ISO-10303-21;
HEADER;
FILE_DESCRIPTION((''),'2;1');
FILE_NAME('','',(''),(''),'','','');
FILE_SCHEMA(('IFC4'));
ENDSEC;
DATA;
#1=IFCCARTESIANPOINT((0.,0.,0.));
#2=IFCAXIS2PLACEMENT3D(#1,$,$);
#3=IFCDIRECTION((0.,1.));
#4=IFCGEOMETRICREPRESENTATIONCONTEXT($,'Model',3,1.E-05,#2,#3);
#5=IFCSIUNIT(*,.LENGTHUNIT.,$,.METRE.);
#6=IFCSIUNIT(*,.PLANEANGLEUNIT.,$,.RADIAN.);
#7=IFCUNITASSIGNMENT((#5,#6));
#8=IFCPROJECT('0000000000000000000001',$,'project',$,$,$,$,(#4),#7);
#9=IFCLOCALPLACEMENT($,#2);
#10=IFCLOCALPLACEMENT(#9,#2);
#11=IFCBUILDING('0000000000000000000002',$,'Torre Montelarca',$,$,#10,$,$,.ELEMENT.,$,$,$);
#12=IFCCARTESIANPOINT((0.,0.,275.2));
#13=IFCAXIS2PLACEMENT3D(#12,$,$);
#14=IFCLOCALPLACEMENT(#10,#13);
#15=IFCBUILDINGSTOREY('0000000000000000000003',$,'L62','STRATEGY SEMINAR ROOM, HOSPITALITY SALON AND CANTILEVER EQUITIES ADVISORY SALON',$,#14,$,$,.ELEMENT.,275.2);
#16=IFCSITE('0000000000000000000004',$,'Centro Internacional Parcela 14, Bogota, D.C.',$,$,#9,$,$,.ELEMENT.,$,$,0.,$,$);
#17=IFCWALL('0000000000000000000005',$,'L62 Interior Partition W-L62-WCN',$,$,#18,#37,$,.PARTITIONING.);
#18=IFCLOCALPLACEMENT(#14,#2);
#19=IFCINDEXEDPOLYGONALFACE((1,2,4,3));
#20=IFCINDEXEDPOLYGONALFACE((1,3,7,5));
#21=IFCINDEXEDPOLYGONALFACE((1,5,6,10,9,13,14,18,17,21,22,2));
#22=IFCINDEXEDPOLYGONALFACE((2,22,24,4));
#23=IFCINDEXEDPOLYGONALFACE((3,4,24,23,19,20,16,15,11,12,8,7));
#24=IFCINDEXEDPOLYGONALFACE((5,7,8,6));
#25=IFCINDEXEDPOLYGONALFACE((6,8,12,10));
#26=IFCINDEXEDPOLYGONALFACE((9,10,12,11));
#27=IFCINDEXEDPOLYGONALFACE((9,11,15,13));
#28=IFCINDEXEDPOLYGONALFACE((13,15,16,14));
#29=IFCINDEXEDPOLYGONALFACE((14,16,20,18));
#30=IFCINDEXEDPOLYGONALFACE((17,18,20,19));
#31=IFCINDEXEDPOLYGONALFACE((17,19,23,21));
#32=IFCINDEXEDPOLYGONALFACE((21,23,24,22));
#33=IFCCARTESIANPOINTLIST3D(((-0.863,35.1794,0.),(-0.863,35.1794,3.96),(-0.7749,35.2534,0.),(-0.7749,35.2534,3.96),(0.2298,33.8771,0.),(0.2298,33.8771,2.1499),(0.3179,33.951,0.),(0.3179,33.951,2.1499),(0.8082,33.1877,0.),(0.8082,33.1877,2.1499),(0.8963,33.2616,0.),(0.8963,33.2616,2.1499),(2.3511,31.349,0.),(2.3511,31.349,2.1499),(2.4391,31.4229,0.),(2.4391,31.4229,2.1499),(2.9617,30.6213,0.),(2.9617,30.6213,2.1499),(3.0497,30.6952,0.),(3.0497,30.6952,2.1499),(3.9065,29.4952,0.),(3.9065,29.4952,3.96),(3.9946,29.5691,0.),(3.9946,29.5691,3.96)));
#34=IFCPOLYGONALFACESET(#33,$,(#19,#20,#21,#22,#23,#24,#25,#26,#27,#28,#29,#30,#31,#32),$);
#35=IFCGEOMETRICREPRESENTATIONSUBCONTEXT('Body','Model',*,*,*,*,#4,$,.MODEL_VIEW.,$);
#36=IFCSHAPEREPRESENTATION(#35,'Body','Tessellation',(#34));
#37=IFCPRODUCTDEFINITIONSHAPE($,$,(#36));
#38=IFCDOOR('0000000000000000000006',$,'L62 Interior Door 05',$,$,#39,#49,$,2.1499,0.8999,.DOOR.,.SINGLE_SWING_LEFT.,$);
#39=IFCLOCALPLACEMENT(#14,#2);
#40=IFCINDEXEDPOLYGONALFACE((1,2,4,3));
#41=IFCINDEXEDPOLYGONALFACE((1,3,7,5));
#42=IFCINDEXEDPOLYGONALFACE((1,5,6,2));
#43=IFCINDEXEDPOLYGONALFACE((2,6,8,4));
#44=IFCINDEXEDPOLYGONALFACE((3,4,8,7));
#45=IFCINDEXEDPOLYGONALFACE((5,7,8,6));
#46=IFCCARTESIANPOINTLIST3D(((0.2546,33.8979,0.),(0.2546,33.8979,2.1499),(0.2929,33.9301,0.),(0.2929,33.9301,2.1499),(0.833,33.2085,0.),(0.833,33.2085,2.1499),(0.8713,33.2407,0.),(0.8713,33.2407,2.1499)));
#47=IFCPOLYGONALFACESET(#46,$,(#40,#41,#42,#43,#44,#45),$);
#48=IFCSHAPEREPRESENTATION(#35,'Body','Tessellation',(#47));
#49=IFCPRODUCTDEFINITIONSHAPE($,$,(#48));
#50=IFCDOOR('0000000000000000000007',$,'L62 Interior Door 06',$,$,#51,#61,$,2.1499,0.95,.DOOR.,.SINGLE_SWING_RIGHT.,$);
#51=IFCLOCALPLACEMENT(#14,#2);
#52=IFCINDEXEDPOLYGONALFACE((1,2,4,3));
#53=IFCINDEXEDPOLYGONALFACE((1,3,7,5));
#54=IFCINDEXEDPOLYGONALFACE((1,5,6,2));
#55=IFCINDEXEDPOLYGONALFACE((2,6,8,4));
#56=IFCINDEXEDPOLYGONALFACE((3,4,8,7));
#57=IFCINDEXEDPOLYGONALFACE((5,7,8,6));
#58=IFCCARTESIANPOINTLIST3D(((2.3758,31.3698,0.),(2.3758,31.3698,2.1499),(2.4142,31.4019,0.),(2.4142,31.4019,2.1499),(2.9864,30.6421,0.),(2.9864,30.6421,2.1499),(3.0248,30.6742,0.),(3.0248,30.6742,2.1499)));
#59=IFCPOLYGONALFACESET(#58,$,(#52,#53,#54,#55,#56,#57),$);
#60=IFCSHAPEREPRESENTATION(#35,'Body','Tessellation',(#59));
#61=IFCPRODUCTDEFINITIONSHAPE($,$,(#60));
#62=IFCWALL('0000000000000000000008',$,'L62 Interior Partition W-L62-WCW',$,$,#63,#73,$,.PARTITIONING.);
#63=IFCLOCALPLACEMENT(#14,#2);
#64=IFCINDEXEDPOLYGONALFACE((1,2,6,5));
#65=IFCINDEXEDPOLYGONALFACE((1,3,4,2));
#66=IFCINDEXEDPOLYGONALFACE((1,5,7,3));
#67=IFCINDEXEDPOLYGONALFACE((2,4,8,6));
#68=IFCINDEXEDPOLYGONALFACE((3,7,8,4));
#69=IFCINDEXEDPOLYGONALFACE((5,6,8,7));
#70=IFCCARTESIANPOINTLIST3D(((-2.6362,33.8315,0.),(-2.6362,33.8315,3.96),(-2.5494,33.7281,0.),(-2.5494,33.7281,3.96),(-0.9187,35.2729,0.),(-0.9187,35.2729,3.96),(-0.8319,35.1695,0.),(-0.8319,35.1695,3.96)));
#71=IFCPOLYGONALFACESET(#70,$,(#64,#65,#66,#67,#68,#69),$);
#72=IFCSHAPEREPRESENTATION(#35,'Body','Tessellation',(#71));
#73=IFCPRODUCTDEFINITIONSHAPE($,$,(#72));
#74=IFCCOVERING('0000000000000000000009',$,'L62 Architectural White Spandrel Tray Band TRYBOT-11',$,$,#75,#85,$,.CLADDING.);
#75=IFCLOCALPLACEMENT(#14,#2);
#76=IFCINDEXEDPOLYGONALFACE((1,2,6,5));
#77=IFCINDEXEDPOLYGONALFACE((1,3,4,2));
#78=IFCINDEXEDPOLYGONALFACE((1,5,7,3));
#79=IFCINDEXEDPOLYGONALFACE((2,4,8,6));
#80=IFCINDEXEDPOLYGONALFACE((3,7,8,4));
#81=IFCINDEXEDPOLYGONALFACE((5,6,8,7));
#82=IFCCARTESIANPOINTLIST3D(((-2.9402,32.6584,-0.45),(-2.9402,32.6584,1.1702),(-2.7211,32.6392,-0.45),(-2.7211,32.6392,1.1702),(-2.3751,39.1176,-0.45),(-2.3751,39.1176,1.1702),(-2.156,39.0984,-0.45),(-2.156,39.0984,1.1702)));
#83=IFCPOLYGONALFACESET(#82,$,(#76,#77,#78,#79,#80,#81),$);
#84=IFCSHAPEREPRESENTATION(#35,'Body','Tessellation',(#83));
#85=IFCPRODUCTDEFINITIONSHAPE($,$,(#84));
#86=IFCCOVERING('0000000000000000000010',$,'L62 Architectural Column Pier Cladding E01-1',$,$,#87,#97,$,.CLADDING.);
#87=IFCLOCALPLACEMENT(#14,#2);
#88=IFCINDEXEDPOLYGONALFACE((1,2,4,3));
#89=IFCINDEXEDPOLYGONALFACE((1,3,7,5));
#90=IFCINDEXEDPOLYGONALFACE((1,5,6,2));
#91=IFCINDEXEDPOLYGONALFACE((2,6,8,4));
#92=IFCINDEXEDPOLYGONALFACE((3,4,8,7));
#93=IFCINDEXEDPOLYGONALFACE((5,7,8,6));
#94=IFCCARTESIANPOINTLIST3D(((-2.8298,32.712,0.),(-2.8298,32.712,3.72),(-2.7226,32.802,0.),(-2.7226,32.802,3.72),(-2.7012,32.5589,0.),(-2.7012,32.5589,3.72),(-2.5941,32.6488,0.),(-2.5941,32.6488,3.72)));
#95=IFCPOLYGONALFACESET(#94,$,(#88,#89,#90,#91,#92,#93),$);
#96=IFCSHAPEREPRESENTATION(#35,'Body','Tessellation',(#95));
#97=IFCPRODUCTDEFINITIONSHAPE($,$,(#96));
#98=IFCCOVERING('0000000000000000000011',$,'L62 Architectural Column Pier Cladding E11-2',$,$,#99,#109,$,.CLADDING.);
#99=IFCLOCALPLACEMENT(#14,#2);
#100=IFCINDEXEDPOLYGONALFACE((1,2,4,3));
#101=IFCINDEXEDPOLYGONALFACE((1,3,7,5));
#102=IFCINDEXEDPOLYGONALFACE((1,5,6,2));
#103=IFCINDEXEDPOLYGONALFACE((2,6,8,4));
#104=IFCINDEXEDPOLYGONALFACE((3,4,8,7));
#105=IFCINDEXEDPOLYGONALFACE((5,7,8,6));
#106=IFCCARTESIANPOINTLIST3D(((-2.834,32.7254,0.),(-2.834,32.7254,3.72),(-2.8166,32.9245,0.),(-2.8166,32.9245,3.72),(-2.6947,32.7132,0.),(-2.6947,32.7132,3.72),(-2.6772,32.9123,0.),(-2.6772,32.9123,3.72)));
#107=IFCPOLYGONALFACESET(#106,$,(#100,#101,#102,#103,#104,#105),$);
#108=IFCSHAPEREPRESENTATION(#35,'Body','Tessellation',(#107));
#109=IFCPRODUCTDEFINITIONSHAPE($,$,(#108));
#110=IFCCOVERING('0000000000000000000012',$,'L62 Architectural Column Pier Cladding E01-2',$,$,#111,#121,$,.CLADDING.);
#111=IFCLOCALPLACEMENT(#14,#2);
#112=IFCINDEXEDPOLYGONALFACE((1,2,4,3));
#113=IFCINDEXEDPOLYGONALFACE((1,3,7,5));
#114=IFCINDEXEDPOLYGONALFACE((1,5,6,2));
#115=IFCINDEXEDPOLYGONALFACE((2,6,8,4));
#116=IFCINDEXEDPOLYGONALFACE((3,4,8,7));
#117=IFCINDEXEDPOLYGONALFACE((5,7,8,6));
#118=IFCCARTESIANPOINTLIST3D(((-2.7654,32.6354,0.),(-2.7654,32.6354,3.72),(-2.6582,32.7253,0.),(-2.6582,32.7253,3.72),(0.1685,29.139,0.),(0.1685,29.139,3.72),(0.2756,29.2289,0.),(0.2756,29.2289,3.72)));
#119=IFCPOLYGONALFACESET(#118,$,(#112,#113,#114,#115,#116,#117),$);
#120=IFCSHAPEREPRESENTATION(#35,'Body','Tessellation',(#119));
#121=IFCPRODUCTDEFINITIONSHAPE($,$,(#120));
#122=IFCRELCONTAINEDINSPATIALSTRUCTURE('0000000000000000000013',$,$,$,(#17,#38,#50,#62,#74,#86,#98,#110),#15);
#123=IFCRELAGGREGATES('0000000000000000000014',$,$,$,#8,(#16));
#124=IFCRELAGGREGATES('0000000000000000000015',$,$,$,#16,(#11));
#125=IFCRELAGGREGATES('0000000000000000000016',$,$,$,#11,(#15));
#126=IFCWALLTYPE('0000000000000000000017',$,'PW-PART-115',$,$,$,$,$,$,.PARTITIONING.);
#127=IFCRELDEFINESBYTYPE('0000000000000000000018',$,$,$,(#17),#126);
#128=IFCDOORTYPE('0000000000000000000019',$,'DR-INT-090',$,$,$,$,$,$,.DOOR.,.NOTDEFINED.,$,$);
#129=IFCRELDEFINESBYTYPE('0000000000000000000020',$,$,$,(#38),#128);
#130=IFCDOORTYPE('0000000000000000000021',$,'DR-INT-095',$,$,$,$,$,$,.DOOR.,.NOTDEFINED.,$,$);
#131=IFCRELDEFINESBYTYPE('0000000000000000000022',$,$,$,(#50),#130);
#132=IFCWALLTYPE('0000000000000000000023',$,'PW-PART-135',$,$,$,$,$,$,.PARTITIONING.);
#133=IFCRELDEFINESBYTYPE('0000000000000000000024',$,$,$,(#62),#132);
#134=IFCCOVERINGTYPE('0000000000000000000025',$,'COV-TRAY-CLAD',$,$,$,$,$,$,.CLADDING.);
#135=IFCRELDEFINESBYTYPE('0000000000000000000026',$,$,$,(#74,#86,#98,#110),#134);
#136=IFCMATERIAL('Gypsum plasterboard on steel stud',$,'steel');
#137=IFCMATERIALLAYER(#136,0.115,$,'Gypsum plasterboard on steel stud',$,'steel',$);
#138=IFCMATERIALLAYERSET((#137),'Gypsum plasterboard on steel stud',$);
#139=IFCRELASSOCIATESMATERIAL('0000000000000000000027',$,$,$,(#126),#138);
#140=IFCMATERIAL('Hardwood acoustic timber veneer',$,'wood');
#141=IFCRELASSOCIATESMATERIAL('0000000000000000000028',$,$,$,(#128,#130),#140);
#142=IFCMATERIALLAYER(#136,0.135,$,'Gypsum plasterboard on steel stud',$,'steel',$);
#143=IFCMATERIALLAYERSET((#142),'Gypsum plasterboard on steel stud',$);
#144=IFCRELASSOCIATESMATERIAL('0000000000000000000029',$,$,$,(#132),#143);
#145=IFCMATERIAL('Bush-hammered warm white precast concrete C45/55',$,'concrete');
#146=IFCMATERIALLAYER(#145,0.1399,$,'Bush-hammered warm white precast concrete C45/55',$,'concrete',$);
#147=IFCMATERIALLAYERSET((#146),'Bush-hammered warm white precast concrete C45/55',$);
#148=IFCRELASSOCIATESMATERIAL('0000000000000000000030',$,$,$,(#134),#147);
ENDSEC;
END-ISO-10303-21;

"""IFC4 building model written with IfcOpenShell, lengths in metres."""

from ifc_helpers import new_model, si_unit, direction, frame, frame_2d, origin, origin_2d, place, context, subcontext, project, spatial, rectangle, extrude, source, transform, mapped, material, layer, layer_set, type_object, element, fill, save


model = new_model("IFC4")

# Units and contexts
model_context = context("Model", 3, precision=1e-05, world=origin(), true_north=direction((0.0, 1.0)))
body_context = subcontext(model_context, "Body", "Model", "MODEL_VIEW")
ifc_project = project(units=[si_unit("LENGTHUNIT", "METRE"), si_unit("PLANEANGLEUNIT", "RADIAN")], contexts=[model_context])

# Site, building, storey
site_placement = place(None, origin())
site = spatial("IfcSite", under=ifc_project, at=site_placement, Name="Centro Internacional Parcela 14, Bogota, D.C.", CompositionType="ELEMENT", RefElevation=0.0)
building_placement = place(site_placement, origin())
building = spatial("IfcBuilding", under=site, at=building_placement, Name="Torre Montelarca", CompositionType="ELEMENT")
storey_placement = place(building_placement, frame((0.0, 0.0, 275.2)))
storey = spatial("IfcBuildingStorey", under=building, at=storey_placement, Name="L62", Description="STRATEGY SEMINAR ROOM, HOSPITALITY SALON AND CANTILEVER EQUITIES ADVISORY SALON", CompositionType="ELEMENT", Elevation=275.2)

# Wall, openings, doors
ifc_material_1 = material(Name="Gypsum plasterboard on steel stud", Category="steel")
ifc_layer_1 = layer(ifc_material_1, 0.115, Name="Gypsum plasterboard on steel stud", Category="steel")
ifc_layer_set_1 = layer_set([ifc_layer_1], Name="Gypsum plasterboard on steel stud")
wall_type_1 = type_object("IfcWallType", Name="PW-PART-115", PredefinedType="PARTITIONING", material=ifc_layer_set_1)
wall_1_placement = place(storey_placement, frame((-0.8188, 35.2163, 0.0), z_axis=(0.0, 0.0, 1.0), x_axis=(0.642773, -0.766057, 0.0)))
wall_1 = element("IfcWall", 1, at=wall_1_placement, inside=storey, type_object=wall_type_1, Name="L62 Interior Partition W-L62-WCN", PredefinedType="PARTITIONING", context=body_context, shape_type="SweptSolid", body=[
    extrude(rectangle(XDim=7.4202, YDim=0.115, at=frame_2d((3.71, 0.0))), origin(), (0.0, 0.0, 1.0), 3.96),
])
opening_1_placement = place(wall_1_placement, frame((1.7, 0.0, 0.0)))
opening_1 = element("IfcOpeningElement", 2, at=opening_1_placement, cuts=wall_1, PredefinedType="OPENING", context=body_context, shape_type="SweptSolid", body=[
    extrude(rectangle(XDim=0.8999, YDim=2.1499, at=frame_2d((0.45, 1.075))), frame((0.0, 0.0674, 0.0), z_axis=(0.0, -1.0, 0.0), x_axis=(1.0, 0.0, 0.0)), (0.0, 0.0, 1.0), 0.135),
])
opening_2_placement = place(wall_1_placement, frame((5.0, 0.0, 0.0)))
opening_2 = element("IfcOpeningElement", 3, at=opening_2_placement, cuts=wall_1, PredefinedType="OPENING", context=body_context, shape_type="SweptSolid", body=[
    extrude(rectangle(XDim=0.95, YDim=2.1499, at=frame_2d((0.4751, 1.075))), frame((0.0, 0.0674, 0.0), z_axis=(0.0, -1.0, 0.0), x_axis=(1.0, 0.0, 0.0)), (0.0, 0.0, 1.0), 0.135),
])
ifc_material_2 = material(Name="Hardwood acoustic timber veneer", Category="wood")
door_type_1 = type_object("IfcDoorType", Name="DR-INT-090", OperationType="NOTDEFINED", PredefinedType="DOOR", material=ifc_material_2)
shared_shape_1 = source(origin(), body_context, "Body", "SweptSolid", [
    extrude(rectangle(XDim=0.8999, YDim=2.1499, at=frame_2d((0.45, 1.075))), frame((0.0, 0.0249, 0.0), z_axis=(0.0, -1.0, 0.0), x_axis=(1.0, 0.0, 0.0)), (0.0, 0.0, 1.0), 0.05),
])
door_1_placement = place(opening_1_placement, origin())
door_1 = element("IfcDoor", 4, at=door_1_placement, inside=storey, type_object=door_type_1, Name="L62 Interior Door 05", OperationType="SINGLE_SWING_LEFT", OverallHeight=2.1499, OverallWidth=0.8999, PredefinedType="DOOR", context=body_context, shape_type="MappedRepresentation", body=[
    mapped(shared_shape_1, transform((0.0, 0.0, 0.0), scale=1.0)),
])
fill(opening_1, door_1)
door_type_2 = type_object("IfcDoorType", Name="DR-INT-095", OperationType="NOTDEFINED", PredefinedType="DOOR", material=ifc_material_2)
shared_shape_2 = source(origin(), body_context, "Body", "SweptSolid", [
    extrude(rectangle(XDim=0.95, YDim=2.1499, at=frame_2d((0.4751, 1.075))), frame((0.0, 0.0249, 0.0), z_axis=(0.0, -1.0, 0.0), x_axis=(1.0, 0.0, 0.0)), (0.0, 0.0, 1.0), 0.05),
])
door_2_placement = place(opening_2_placement, origin())
door_2 = element("IfcDoor", 5, at=door_2_placement, inside=storey, type_object=door_type_2, Name="L62 Interior Door 06", OperationType="SINGLE_SWING_RIGHT", OverallHeight=2.1499, OverallWidth=0.95, PredefinedType="DOOR", context=body_context, shape_type="MappedRepresentation", body=[
    mapped(shared_shape_2, transform((0.0, 0.0, 0.0), scale=1.0)),
])
fill(opening_2, door_2)

# Wall
ifc_layer_2 = layer(ifc_material_1, 0.135, Name="Gypsum plasterboard on steel stud", Category="steel")
ifc_layer_set_2 = layer_set([ifc_layer_2], Name="Gypsum plasterboard on steel stud")
wall_type_2 = type_object("IfcWallType", Name="PW-PART-135", PredefinedType="PARTITIONING", material=ifc_layer_set_2)
wall_2_placement = place(storey_placement, frame((-2.5928, 33.7798, 0.0), z_axis=(0.0, 0.0, 1.0), x_axis=(0.765994, 0.642847, 0.0)))
element("IfcWall", 6, at=wall_2_placement, inside=storey, type_object=wall_type_2, Name="L62 Interior Partition W-L62-WCW", PredefinedType="PARTITIONING", context=body_context, shape_type="SweptSolid", body=[
    extrude(rectangle(XDim=2.2422, YDim=0.135, at=frame_2d((1.1211, 0.0))), origin(), (0.0, 0.0, 1.0), 3.96),
])

# Coverings
ifc_material_3 = material(Name="Bush-hammered warm white precast concrete C45/55", Category="concrete")
ifc_layer_3 = layer(ifc_material_3, 0.1399, Name="Bush-hammered warm white precast concrete C45/55", Category="concrete")
ifc_layer_set_3 = layer_set([ifc_layer_3], Name="Bush-hammered warm white precast concrete C45/55")
covering_type = type_object("IfcCoveringType", Name="COV-TRAY-CLAD", PredefinedType="CLADDING", material=ifc_layer_set_3)
shared_shape_3 = source(origin(), body_context, "Body", "SweptSolid", [
    extrude(rectangle(XDim=6.4839, YDim=0.22, at=origin_2d()), origin(), (0.0, 0.0, 1.0), 1.6201),
])
covering_1_placement = place(storey_placement, frame((-2.5481, 35.8784, -0.45), z_axis=(0.0, 0.0, 1.0), x_axis=(-0.087163, -0.996194, 0.0)))
element("IfcCovering", 7, at=covering_1_placement, inside=storey, type_object=covering_type, Name="L62 Architectural White Spandrel Tray Band TRYBOT-11", PredefinedType="CLADDING", context=body_context, shape_type="MappedRepresentation", body=[
    mapped(shared_shape_3, transform((0.0, 0.0, 0.0), scale=1.0)),
])
shared_shape_4 = source(origin(), body_context, "Body", "SweptSolid", [
    extrude(rectangle(XDim=0.2, YDim=0.1399, at=origin_2d()), origin(), (0.0, 0.0, 1.0), 3.72),
])
for number, where, z_axis, x_axis, name in (
    (8, (-2.7119, 32.6804, 0.0), (0.0, 0.0, 1.0), (0.642789, -0.766043, 0.0), "L62 Architectural Column Pier Cladding E01-1"),
    (9, (-2.7556, 32.8188, 0.0), (0.0, 0.0, 1.0), (-0.087177, -0.996193, 0.0), "L62 Architectural Column Pier Cladding E11-2"),
):
    element("IfcCovering", number, at=place(storey_placement, frame(where, z_axis=z_axis, x_axis=x_axis)), inside=storey, type_object=covering_type, Name=name, PredefinedType="CLADDING", context=body_context, shape_type="MappedRepresentation", body=[
        mapped(shared_shape_4, transform((0.0, 0.0, 0.0), scale=1.0)),
    ])
shared_shape_5 = source(origin(), body_context, "Body", "SweptSolid", [
    extrude(rectangle(XDim=4.5642, YDim=0.1399, at=origin_2d()), origin(), (0.0, 0.0, 1.0), 3.72),
])
covering_2_placement = place(storey_placement, frame((-1.2449, 30.9321, 0.0), z_axis=(0.0, 0.0, 1.0), x_axis=(0.642789, -0.766043, 0.0)))
element("IfcCovering", 10, at=covering_2_placement, inside=storey, type_object=covering_type, Name="L62 Architectural Column Pier Cladding E01-2", PredefinedType="CLADDING", context=body_context, shape_type="MappedRepresentation", body=[
    mapped(shared_shape_5, transform((0.0, 0.0, 0.0), scale=1.0)),
])

save(model, "model.ifc")
